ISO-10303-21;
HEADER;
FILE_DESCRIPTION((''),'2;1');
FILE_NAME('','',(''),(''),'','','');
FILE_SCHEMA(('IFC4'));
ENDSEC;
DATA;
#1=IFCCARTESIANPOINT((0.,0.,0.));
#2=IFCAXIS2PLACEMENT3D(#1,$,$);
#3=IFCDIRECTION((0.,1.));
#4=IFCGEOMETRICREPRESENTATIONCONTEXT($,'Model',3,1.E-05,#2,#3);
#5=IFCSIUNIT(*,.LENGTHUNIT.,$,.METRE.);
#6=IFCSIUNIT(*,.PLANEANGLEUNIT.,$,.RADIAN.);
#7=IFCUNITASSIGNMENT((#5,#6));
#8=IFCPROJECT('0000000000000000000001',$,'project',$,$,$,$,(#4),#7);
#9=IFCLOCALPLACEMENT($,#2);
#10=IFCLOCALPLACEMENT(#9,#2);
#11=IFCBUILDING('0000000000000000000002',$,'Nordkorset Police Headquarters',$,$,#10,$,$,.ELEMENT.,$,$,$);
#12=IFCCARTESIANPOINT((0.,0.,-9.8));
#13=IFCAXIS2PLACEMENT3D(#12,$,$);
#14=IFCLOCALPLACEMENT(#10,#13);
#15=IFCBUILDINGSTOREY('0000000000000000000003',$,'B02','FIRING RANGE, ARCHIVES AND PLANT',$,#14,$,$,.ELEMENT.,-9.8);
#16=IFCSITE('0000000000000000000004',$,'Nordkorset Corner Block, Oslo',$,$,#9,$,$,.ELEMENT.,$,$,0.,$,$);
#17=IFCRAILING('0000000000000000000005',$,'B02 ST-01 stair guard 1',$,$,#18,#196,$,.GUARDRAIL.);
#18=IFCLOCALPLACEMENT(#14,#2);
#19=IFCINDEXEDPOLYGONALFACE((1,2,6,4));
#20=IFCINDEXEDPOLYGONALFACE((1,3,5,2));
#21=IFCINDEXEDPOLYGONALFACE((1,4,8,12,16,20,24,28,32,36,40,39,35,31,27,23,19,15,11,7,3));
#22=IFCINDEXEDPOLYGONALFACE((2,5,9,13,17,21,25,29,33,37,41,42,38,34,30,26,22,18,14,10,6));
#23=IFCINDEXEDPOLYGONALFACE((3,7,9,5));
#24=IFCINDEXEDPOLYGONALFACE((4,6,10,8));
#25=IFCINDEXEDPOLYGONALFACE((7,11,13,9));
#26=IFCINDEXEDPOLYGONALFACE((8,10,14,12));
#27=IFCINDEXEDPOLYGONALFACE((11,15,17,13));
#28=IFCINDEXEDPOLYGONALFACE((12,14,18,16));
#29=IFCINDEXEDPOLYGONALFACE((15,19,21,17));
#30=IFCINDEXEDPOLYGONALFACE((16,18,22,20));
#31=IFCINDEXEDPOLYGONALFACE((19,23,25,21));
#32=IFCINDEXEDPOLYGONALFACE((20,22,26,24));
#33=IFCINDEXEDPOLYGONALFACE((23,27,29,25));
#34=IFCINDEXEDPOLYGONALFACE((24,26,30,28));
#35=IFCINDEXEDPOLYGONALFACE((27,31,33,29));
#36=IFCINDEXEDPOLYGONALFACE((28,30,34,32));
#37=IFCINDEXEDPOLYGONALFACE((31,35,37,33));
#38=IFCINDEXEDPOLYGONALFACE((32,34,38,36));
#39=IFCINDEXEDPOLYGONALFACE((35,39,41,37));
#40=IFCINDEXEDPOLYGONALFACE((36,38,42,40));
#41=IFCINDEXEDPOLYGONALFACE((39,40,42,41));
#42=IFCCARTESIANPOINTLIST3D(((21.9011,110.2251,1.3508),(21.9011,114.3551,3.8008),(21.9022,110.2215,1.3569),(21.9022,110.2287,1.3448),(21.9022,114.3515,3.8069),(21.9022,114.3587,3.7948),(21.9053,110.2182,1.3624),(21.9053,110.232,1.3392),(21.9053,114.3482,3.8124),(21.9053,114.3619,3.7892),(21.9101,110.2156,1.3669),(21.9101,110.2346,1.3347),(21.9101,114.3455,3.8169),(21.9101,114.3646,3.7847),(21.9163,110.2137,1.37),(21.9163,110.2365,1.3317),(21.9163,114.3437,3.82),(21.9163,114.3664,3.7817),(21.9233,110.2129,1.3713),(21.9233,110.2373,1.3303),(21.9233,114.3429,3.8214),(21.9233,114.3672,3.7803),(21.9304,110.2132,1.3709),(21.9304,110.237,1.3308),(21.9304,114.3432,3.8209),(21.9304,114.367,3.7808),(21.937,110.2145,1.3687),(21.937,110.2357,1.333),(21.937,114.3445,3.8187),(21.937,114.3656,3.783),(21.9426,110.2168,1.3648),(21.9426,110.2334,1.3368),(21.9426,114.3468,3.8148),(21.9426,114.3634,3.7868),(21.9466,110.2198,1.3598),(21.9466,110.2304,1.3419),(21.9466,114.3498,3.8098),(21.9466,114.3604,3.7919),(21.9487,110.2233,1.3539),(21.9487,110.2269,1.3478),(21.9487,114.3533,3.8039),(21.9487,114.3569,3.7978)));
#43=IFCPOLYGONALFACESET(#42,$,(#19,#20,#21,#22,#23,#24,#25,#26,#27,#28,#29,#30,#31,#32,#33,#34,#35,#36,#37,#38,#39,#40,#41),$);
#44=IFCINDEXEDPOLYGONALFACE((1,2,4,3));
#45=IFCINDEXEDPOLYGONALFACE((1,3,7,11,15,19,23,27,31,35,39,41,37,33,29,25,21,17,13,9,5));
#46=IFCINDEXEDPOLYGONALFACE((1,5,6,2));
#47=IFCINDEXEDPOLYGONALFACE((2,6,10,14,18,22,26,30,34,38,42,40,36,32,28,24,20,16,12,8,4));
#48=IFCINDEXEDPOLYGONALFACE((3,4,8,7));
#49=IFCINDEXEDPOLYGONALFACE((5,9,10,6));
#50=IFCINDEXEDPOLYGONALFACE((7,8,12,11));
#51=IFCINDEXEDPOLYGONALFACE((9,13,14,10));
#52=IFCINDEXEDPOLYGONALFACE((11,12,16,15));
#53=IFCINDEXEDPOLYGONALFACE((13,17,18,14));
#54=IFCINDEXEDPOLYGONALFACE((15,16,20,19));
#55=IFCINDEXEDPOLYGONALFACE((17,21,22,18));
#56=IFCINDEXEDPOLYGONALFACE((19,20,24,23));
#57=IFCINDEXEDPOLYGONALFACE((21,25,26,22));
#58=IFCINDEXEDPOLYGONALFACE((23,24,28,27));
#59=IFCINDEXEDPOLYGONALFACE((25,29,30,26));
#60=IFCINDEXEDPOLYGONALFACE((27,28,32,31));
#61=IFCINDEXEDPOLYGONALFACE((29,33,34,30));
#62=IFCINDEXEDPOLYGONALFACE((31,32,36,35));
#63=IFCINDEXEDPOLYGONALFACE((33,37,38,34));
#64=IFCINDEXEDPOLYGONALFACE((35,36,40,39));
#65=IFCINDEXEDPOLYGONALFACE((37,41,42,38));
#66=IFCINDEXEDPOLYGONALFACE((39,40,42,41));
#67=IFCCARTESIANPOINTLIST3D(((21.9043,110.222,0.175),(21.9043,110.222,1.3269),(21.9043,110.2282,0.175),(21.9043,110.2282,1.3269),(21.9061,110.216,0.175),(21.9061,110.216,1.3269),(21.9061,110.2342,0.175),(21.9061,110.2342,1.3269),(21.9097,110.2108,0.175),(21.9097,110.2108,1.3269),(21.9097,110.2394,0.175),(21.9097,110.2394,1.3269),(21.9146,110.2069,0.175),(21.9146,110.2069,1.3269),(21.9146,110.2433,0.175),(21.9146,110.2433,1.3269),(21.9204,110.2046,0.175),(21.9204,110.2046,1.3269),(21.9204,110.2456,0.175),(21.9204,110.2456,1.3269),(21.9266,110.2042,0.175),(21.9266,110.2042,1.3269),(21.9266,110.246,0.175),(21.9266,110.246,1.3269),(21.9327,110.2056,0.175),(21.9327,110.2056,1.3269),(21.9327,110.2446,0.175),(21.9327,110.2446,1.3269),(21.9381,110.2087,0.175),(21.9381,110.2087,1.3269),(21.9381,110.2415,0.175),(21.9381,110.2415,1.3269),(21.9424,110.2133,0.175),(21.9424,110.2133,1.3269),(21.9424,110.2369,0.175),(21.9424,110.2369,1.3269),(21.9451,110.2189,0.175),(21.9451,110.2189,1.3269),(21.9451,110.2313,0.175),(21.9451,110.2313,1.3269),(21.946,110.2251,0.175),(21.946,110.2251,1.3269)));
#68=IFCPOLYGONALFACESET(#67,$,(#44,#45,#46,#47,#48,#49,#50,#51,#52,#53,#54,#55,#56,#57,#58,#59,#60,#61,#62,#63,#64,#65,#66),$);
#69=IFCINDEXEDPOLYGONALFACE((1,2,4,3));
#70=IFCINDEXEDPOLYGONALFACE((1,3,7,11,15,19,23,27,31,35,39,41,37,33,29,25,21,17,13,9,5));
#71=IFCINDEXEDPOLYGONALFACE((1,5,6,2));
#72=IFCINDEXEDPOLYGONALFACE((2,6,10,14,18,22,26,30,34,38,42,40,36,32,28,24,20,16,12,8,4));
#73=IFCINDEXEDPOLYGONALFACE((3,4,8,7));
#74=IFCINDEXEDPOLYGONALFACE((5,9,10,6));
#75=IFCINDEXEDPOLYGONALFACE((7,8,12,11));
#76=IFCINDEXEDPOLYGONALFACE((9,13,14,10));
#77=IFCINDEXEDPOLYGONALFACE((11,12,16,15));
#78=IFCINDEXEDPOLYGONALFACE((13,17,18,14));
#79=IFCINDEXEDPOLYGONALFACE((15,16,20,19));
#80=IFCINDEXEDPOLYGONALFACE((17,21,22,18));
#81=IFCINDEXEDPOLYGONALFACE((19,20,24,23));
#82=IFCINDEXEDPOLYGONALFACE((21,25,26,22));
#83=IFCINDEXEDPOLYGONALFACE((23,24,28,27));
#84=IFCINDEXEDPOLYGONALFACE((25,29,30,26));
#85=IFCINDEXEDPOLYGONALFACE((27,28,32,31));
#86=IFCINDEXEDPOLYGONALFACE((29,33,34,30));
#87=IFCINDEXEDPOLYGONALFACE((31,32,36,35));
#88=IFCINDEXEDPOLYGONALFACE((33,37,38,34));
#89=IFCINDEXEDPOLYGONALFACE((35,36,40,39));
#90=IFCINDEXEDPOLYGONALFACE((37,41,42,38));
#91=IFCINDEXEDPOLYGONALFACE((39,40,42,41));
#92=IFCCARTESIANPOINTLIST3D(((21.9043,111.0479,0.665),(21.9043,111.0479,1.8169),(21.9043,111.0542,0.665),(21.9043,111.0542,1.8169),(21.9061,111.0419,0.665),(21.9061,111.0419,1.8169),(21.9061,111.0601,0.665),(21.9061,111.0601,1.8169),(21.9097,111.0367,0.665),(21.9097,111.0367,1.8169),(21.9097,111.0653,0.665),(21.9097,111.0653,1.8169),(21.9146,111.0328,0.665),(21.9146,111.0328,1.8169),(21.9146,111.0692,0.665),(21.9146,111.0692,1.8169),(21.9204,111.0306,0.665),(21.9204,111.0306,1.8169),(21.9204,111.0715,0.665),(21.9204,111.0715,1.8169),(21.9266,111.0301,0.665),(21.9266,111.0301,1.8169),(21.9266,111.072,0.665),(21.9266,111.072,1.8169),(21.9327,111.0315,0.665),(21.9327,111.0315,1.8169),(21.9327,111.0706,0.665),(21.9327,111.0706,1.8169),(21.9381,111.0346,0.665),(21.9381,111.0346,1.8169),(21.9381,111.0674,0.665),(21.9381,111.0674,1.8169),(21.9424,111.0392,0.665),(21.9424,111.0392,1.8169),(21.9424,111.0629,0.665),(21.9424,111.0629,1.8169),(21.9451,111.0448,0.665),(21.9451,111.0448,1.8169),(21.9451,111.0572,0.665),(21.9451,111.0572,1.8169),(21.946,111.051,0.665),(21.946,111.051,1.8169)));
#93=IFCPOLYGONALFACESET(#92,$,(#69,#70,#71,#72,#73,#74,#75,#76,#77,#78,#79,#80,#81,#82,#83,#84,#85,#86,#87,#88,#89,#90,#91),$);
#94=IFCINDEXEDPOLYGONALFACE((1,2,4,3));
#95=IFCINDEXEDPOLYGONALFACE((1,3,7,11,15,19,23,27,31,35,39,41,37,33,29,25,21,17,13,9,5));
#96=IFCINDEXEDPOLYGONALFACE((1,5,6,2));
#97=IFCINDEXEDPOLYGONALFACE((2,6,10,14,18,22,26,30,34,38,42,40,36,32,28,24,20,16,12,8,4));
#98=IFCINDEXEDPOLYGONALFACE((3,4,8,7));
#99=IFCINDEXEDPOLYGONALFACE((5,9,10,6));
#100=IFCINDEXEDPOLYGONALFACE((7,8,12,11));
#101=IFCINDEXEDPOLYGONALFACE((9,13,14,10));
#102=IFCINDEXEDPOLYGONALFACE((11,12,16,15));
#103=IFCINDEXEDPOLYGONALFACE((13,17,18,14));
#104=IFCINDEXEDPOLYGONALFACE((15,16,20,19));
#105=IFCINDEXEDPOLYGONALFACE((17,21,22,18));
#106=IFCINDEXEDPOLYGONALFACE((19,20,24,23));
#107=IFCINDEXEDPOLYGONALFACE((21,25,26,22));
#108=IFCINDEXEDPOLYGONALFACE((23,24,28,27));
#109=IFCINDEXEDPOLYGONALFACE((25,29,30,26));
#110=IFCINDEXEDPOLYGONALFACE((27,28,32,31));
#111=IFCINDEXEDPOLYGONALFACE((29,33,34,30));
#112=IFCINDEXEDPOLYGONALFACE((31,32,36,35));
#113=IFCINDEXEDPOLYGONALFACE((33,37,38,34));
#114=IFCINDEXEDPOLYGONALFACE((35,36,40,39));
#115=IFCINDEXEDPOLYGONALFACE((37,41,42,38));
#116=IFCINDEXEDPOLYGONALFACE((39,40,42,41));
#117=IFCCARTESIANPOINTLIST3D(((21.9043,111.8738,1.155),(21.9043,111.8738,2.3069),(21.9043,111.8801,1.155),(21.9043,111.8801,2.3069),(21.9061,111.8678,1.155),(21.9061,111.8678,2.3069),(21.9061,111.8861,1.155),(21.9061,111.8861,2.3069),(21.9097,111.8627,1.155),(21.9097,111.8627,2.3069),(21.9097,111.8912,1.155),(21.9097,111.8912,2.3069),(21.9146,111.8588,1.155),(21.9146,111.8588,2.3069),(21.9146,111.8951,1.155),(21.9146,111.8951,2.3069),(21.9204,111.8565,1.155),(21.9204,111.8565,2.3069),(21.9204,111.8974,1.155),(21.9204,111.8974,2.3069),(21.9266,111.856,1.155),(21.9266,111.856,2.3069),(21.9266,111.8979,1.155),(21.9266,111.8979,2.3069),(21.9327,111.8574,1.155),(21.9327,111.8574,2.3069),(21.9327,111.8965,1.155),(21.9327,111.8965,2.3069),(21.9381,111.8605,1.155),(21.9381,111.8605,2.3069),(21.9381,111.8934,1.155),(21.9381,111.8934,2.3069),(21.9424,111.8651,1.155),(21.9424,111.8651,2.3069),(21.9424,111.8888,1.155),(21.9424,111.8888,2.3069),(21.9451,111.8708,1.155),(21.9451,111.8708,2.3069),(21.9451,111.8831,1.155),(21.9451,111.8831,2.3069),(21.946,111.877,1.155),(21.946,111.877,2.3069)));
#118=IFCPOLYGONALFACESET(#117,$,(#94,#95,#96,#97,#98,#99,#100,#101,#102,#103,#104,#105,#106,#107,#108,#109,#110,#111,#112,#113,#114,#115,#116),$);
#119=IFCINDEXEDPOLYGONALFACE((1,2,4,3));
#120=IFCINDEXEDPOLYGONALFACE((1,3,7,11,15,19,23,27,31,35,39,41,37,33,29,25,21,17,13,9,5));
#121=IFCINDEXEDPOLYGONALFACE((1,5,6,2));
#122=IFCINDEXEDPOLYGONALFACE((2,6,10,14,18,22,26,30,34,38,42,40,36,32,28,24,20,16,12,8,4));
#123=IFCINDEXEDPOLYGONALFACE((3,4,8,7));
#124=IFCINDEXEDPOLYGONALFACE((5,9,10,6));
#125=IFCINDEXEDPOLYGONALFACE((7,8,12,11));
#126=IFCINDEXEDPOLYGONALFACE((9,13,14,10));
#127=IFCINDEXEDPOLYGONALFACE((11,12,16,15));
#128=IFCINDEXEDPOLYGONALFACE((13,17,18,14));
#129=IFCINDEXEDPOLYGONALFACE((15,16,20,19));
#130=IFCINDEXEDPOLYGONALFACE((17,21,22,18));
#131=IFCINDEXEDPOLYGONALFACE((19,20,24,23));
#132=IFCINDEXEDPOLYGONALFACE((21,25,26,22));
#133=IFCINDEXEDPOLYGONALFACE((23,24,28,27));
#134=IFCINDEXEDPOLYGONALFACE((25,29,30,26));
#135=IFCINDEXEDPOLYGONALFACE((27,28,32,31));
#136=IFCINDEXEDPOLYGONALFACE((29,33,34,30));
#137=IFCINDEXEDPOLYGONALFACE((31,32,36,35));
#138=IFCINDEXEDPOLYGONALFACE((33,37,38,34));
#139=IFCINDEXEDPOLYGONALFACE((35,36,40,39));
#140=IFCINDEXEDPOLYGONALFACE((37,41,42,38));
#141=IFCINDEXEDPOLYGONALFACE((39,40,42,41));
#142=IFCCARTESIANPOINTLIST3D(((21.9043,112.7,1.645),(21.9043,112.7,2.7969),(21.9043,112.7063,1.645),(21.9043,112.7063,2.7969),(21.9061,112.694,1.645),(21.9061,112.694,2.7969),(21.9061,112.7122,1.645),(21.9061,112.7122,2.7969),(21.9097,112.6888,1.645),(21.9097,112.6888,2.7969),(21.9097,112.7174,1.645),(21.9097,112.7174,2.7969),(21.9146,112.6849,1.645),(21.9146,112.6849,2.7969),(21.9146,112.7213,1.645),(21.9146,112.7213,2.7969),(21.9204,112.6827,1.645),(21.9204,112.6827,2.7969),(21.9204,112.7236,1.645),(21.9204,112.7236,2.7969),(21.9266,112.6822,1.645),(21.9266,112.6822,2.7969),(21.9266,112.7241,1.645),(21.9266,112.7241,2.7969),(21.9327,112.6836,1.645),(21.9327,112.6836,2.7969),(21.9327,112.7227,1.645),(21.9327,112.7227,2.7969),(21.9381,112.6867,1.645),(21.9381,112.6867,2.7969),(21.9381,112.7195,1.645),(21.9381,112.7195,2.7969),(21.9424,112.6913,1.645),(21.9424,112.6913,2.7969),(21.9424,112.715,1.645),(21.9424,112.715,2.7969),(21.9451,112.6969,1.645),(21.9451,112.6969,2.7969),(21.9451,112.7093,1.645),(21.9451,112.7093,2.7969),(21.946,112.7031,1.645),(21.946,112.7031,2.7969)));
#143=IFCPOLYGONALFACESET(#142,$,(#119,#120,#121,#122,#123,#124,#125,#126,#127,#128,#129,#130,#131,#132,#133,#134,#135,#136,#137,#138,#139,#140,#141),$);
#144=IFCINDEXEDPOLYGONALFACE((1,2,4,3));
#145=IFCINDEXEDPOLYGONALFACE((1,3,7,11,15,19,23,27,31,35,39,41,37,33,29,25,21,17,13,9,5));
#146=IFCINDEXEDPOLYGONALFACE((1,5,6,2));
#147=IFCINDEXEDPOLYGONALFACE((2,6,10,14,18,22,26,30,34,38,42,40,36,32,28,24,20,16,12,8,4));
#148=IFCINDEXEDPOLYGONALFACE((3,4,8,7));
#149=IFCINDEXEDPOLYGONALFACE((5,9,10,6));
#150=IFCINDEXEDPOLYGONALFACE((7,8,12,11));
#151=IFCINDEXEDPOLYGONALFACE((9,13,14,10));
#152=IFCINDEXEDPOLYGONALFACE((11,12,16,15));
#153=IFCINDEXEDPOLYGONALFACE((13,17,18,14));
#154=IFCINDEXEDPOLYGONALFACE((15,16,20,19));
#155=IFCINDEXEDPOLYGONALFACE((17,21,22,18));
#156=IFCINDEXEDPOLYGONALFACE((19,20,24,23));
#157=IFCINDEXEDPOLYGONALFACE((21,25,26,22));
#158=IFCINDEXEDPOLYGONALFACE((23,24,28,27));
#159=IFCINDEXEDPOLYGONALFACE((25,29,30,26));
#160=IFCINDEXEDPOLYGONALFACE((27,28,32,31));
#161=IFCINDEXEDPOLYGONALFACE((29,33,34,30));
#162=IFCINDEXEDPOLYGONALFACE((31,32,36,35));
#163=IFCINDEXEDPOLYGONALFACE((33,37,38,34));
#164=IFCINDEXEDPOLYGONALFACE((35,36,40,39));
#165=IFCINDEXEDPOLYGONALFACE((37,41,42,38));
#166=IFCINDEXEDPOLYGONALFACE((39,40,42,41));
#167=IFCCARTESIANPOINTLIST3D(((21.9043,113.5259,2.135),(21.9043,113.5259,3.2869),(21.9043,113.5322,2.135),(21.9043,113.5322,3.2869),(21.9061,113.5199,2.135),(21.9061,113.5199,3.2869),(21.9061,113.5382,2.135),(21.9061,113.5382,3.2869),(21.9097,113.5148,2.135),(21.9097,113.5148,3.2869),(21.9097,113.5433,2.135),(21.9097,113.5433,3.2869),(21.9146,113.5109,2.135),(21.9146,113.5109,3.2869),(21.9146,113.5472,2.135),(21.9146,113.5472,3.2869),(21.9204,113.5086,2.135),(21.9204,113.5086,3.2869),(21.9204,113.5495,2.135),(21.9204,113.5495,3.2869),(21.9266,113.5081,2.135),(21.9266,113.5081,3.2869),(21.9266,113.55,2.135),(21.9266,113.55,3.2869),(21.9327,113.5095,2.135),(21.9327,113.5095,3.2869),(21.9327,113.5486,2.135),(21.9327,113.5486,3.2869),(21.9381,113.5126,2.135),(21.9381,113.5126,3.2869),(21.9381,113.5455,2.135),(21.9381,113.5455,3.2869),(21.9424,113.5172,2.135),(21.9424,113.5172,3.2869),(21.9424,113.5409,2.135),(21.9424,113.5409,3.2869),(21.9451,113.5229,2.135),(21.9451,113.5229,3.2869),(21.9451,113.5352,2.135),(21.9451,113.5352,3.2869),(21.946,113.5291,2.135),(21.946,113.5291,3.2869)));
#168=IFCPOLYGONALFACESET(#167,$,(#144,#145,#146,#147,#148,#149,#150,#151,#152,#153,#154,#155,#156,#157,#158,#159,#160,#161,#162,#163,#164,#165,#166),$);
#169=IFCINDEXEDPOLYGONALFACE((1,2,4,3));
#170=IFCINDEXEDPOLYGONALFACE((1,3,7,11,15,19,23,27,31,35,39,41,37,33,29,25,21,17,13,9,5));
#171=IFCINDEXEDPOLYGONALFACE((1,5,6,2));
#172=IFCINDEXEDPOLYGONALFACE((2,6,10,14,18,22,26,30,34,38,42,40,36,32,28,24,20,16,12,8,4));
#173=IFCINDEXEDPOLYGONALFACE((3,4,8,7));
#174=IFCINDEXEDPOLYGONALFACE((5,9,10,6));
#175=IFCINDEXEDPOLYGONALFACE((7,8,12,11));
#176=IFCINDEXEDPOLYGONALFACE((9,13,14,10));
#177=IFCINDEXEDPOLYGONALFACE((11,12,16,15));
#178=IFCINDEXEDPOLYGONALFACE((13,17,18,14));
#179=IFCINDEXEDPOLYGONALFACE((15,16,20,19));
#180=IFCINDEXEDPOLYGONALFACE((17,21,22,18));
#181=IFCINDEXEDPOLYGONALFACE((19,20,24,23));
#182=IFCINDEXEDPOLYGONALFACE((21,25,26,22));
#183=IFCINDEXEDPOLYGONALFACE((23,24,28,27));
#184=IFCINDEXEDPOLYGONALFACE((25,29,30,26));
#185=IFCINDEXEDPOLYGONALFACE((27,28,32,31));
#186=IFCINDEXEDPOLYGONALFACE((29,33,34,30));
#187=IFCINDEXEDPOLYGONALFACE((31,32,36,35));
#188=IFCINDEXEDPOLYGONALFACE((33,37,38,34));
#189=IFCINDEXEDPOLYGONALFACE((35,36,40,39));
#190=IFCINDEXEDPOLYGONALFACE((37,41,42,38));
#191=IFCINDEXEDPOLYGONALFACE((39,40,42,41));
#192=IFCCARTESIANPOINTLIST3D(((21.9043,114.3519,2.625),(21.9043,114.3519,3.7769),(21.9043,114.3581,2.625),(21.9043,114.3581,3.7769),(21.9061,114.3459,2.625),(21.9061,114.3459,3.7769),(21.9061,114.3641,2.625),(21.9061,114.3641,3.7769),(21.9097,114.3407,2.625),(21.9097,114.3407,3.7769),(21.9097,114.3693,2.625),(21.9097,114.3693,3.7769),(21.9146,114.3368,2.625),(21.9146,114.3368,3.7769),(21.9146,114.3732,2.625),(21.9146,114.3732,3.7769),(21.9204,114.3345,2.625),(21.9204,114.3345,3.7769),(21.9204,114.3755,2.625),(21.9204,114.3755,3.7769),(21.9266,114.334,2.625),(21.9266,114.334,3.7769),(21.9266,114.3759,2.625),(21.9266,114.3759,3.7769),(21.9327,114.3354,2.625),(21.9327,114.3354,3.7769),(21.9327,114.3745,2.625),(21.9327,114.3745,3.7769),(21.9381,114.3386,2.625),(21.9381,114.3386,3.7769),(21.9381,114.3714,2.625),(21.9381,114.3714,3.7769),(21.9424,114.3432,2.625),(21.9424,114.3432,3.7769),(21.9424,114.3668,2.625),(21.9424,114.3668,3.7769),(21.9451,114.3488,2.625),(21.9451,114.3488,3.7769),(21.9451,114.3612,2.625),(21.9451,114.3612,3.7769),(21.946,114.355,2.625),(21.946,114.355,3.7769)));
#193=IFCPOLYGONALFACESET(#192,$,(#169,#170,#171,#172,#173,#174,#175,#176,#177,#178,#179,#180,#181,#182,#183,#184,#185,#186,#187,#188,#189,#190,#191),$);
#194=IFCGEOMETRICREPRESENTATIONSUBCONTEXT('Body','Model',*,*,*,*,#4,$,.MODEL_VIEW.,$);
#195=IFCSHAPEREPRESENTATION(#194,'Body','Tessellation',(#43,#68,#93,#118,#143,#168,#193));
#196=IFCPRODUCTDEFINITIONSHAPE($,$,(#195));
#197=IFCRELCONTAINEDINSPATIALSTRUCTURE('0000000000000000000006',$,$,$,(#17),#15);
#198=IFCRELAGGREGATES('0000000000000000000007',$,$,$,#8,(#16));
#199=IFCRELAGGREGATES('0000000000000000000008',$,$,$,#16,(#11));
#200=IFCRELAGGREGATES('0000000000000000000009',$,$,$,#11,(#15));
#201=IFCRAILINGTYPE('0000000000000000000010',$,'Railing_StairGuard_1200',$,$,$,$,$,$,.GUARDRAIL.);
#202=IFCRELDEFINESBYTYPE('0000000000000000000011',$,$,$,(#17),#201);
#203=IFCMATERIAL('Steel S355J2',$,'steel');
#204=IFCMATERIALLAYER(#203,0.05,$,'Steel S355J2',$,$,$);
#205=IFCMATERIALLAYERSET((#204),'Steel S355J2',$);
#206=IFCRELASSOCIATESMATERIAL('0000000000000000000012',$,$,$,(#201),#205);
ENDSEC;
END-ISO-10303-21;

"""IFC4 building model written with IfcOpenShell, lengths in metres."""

from ifc_helpers import new_model, si_unit, direction, frame, origin, origin_2d, place, context, subcontext, project, spatial, circle, extrude, material, layer, layer_set, type_object, element, save


model = new_model("IFC4")

# Units and contexts
model_context = context("Model", 3, precision=1e-05, world=origin(), true_north=direction((0.0, 1.0)))
body_context = subcontext(model_context, "Body", "Model", "MODEL_VIEW")
ifc_project = project(units=[si_unit("LENGTHUNIT", "METRE"), si_unit("PLANEANGLEUNIT", "RADIAN")], contexts=[model_context])

# Site, building, storey
site_placement = place(None, origin())
site = spatial("IfcSite", under=ifc_project, at=site_placement, Name="Nordkorset Corner Block, Oslo", CompositionType="ELEMENT", RefElevation=0.0)
building_placement = place(site_placement, origin())
building = spatial("IfcBuilding", under=site, at=building_placement, Name="Nordkorset Police Headquarters", CompositionType="ELEMENT")
storey_placement = place(building_placement, frame((0.0, 0.0, -9.8)))
storey = spatial("IfcBuildingStorey", under=building, at=storey_placement, Name="B02", Description="FIRING RANGE, ARCHIVES AND PLANT", CompositionType="ELEMENT", Elevation=-9.8)

# Railing
ifc_material_1 = material(Name="Steel S355J2", Category="steel")
ifc_layer_1 = layer(ifc_material_1, 0.05, Name="Steel S355J2")
ifc_layer_set_1 = layer_set([ifc_layer_1], Name="Steel S355J2")
railing_type_1 = type_object("IfcRailingType", Name="Railing_StairGuard_1200", PredefinedType="GUARDRAIL", material=ifc_layer_set_1)
railing_1_placement = place(storey_placement, frame((21.925, 110.2251, 0.175)))
element("IfcRailing", 1, at=railing_1_placement, inside=storey, type_object=railing_type_1, Name="B02 ST-01 stair guard 1", PredefinedType="GUARDRAIL", context=body_context, shape_type="SweptSolid", body=[
    extrude(circle(Radius=0.0239, at=origin_2d()), frame((0.0, 0.0, 1.1758), z_axis=(0.0, 0.860053, 0.510205), x_axis=(-1.0, 0.0, 0.0)), (0.0, 0.0, 1.0), 4.802),
    extrude(circle(Radius=0.021, at=origin_2d()), origin(), (0.0, 0.0, 1.0), 1.1519),
    extrude(circle(Radius=0.021, at=origin_2d()), frame((0.0, 0.8259, 0.49)), (0.0, 0.0, 1.0), 1.1519),
    extrude(circle(Radius=0.021, at=origin_2d()), frame((0.0, 1.6519, 0.98)), (0.0, 0.0, 1.0), 1.1519),
    extrude(circle(Radius=0.021, at=origin_2d()), frame((0.0, 2.478, 1.47)), (0.0, 0.0, 1.0), 1.1519),
    extrude(circle(Radius=0.021, at=origin_2d()), frame((0.0, 3.304, 1.96)), (0.0, 0.0, 1.0), 1.1519),
    extrude(circle(Radius=0.021, at=origin_2d()), frame((0.0, 4.1299, 2.45)), (0.0, 0.0, 1.0), 1.1519),
])

save(model, "model.ifc")
